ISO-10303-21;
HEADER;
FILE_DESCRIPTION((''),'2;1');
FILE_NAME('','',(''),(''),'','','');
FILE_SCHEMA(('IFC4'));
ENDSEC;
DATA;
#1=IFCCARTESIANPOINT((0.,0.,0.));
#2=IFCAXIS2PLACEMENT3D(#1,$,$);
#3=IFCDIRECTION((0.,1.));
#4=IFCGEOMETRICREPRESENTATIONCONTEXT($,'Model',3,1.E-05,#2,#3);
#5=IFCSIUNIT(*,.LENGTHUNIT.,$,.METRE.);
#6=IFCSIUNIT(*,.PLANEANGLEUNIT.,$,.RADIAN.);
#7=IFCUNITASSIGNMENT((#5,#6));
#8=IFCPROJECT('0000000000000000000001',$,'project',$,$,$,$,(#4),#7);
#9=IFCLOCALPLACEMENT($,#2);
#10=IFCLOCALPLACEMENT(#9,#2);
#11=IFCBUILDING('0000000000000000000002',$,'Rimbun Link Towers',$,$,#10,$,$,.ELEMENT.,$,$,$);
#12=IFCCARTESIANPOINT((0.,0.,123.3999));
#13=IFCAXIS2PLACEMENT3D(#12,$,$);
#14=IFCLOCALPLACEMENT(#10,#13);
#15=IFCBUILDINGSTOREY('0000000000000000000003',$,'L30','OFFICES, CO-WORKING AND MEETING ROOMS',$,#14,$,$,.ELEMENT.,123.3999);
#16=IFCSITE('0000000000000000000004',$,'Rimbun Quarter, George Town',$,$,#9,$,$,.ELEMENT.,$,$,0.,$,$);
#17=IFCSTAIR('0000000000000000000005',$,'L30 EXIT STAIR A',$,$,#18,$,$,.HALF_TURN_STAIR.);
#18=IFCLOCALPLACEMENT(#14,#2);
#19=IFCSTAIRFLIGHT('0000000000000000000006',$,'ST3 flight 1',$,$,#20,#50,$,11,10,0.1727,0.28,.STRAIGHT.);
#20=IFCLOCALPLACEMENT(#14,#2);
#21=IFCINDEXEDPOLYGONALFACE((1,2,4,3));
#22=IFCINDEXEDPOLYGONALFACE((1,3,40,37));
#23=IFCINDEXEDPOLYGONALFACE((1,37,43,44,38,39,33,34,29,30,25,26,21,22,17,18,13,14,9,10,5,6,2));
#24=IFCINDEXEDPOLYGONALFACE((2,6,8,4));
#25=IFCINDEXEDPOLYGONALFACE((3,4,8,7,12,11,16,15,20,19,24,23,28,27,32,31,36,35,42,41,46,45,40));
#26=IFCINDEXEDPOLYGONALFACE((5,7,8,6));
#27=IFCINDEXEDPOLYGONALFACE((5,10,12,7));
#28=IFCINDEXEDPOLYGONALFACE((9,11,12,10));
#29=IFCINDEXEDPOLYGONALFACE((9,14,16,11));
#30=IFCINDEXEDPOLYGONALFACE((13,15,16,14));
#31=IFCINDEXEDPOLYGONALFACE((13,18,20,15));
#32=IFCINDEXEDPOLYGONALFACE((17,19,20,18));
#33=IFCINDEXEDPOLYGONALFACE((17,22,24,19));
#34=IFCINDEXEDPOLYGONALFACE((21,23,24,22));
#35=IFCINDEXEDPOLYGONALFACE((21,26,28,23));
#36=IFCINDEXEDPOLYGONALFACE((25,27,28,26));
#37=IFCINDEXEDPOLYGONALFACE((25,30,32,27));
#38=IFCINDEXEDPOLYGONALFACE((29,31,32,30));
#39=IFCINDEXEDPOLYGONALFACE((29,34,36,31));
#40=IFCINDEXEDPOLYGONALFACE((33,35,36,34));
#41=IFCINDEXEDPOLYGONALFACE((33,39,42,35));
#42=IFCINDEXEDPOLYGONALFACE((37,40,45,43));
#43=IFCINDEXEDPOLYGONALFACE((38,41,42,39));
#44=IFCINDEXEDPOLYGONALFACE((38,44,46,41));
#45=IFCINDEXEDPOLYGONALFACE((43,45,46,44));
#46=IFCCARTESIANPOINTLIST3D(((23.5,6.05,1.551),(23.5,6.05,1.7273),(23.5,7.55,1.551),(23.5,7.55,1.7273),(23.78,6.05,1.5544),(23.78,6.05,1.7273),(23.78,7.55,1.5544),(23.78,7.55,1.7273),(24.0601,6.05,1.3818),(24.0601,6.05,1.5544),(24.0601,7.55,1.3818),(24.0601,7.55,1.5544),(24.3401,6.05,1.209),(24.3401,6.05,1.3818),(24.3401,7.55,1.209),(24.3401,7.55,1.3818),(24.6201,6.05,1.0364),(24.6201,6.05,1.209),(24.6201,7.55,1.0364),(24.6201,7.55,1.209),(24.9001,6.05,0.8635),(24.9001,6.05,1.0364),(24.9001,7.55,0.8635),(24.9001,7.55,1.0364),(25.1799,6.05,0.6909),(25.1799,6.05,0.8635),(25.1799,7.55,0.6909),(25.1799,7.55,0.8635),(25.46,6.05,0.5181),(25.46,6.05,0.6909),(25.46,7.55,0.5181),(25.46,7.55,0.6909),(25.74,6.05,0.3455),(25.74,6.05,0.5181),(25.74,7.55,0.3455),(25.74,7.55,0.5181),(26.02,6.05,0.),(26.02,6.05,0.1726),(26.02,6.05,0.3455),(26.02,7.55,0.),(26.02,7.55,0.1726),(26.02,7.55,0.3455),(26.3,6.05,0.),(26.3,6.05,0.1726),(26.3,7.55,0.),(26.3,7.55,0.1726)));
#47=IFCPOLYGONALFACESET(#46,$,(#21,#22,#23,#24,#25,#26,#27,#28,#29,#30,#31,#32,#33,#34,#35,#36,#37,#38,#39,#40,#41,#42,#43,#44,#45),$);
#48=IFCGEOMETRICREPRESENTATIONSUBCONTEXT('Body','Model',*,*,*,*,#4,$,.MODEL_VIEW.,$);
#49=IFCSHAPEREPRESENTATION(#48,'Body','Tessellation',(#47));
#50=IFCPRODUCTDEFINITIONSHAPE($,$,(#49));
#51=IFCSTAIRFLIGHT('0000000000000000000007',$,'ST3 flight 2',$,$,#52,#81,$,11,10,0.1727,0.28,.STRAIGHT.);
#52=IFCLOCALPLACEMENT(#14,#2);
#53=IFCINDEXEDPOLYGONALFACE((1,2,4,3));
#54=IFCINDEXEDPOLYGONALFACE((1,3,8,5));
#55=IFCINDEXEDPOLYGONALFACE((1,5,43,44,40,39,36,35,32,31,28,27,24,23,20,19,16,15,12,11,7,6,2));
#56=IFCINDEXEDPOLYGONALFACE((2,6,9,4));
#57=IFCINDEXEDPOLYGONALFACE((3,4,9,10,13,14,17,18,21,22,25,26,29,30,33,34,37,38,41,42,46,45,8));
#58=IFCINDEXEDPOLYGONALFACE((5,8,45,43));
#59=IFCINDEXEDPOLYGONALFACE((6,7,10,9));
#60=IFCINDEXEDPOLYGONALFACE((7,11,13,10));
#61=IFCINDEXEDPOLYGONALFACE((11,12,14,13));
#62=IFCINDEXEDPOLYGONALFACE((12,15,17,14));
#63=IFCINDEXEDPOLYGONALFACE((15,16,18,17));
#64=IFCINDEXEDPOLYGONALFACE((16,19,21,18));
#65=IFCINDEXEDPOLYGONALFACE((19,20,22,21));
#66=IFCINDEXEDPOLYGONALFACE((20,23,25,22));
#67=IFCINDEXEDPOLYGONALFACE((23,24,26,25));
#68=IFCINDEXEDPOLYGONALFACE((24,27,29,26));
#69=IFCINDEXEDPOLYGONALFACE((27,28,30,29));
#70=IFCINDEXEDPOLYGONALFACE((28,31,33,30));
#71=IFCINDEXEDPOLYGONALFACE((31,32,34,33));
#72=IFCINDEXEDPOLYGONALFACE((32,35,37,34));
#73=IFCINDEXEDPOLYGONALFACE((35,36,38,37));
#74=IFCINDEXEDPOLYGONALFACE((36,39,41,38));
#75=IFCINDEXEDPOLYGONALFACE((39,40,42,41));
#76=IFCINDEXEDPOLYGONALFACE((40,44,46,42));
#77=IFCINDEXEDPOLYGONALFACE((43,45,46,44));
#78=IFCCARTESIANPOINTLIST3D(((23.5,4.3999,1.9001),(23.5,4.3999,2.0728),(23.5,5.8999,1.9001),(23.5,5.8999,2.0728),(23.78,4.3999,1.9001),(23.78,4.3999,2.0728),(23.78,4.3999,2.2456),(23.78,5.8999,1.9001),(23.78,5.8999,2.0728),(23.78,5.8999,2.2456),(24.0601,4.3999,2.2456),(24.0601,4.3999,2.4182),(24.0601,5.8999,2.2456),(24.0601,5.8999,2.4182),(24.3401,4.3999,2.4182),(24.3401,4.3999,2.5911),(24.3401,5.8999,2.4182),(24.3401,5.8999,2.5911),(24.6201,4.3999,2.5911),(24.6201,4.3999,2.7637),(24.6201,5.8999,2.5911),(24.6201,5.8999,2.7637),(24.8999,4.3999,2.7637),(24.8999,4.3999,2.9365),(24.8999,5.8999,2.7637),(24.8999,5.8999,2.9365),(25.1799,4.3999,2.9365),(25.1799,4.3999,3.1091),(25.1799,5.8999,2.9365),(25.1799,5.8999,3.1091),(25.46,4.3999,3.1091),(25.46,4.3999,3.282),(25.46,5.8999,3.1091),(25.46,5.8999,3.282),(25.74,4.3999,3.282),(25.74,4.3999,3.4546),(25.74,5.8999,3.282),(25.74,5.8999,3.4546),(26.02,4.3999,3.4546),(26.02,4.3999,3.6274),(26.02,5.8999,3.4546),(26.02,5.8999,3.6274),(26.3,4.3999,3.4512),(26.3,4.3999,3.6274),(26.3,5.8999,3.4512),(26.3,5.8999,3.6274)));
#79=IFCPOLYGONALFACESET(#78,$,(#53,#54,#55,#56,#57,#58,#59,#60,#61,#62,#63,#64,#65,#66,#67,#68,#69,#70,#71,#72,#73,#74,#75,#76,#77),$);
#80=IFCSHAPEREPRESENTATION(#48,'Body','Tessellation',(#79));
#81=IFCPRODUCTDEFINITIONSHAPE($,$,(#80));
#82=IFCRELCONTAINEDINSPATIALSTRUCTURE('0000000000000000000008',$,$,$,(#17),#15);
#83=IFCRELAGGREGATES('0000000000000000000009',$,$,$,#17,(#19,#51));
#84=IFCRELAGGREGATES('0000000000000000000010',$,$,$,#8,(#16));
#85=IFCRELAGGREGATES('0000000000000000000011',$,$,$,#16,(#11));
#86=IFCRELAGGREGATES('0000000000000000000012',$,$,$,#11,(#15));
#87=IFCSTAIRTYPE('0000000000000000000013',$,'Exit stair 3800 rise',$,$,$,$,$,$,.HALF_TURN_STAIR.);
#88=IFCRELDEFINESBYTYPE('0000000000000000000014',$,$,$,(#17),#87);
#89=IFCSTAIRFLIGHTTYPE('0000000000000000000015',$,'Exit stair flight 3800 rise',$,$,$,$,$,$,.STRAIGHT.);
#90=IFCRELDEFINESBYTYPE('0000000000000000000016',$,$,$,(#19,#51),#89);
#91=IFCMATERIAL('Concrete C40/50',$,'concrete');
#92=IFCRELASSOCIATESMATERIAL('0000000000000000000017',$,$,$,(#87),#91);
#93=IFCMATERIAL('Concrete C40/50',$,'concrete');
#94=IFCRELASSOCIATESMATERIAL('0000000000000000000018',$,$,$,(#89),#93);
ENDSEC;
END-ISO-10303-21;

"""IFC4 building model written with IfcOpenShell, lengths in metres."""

from ifc_helpers import new_model, si_unit, direction, frame, origin, place, context, subcontext, project, spatial, polyline, outline, extrude, material, type_object, element, aggregate, save


model = new_model("IFC4")

# Units and contexts
model_context = context("Model", 3, precision=1e-05, world=origin(), true_north=direction((0.0, 1.0)))
body_context = subcontext(model_context, "Body", "Model", "MODEL_VIEW")
ifc_project = project(units=[si_unit("LENGTHUNIT", "METRE"), si_unit("PLANEANGLEUNIT", "RADIAN")], contexts=[model_context])

# Site, building, storey
site_placement = place(None, origin())
site = spatial("IfcSite", under=ifc_project, at=site_placement, Name="Rimbun Quarter, George Town", CompositionType="ELEMENT", RefElevation=0.0)
building_placement = place(site_placement, origin())
building = spatial("IfcBuilding", under=site, at=building_placement, Name="Rimbun Link Towers", CompositionType="ELEMENT")
storey_placement = place(building_placement, frame((0.0, 0.0, 123.3999)))
storey = spatial("IfcBuildingStorey", under=building, at=storey_placement, Name="L30", Description="OFFICES, CO-WORKING AND MEETING ROOMS", CompositionType="ELEMENT", Elevation=123.3999)

# Stair, stair flights
ifc_material_1 = material(Name="Concrete C40/50", Category="concrete")
stair_type = type_object("IfcStairType", Name="Exit stair 3800 rise", PredefinedType="HALF_TURN_STAIR", material=ifc_material_1)
stair_placement = place(storey_placement, origin())
stair = element("IfcStair", 1, at=stair_placement, inside=storey, type_object=stair_type, Name="L30 EXIT STAIR A", PredefinedType="HALF_TURN_STAIR")
ifc_material_2 = material(Name="Concrete C40/50", Category="concrete")
stair_flight_type = type_object("IfcStairFlightType", Name="Exit stair flight 3800 rise", PredefinedType="STRAIGHT", material=ifc_material_2)
stair_flight_1_placement = place(storey_placement, frame((26.3, 6.8, 0.0), z_axis=(0.0, 0.0, 1.0), x_axis=(-1.0, 0.0, 0.0)))
stair_flight_1 = element("IfcStairFlight", 2, at=stair_flight_1_placement, type_object=stair_flight_type, Name="ST3 flight 1", NumberOfRisers=11, NumberOfTreads=10, PredefinedType="STRAIGHT", RiserHeight=0.1727, TreadLength=0.28, context=body_context, shape_type="SweptSolid", body=[
    extrude(outline(polyline([(0.0, 0.0), (0.0, 0.1726), (0.28, 0.1726), (0.28, 0.3455), (0.5601, 0.3455), (0.5601, 0.5181), (0.8401, 0.5181), (0.8401, 0.6909), (1.1201, 0.6909), (1.1201, 0.8635), (1.3999, 0.8635), (1.3999, 1.0364), (1.6799, 1.0364), (1.6799, 1.209), (1.96, 1.209), (1.96, 1.3818), (2.24, 1.3818), (2.24, 1.5544), (2.52, 1.5544), (2.52, 1.7273), (2.8, 1.7273), (2.8, 1.8999), (2.8, 1.551), (0.28, 0.0), (0.0, 0.0)])), frame((0.0, 0.75, 0.0), z_axis=(0.0, -1.0, 0.0), x_axis=(1.0, 0.0, 0.0)), (0.0, 0.0, 1.0), 1.5),
])
stair_flight_2_placement = place(storey_placement, frame((23.5, 5.1499, 1.9001), z_axis=(0.0, 0.0, 1.0), x_axis=(1.0, 0.0, 0.0)))
stair_flight_2 = element("IfcStairFlight", 3, at=stair_flight_2_placement, type_object=stair_flight_type, Name="ST3 flight 2", NumberOfRisers=11, NumberOfTreads=10, PredefinedType="STRAIGHT", RiserHeight=0.1727, TreadLength=0.28, context=body_context, shape_type="SweptSolid", body=[
    extrude(outline(polyline([(0.0, 0.0), (0.0, 0.1726), (0.28, 0.1726), (0.28, 0.3455), (0.5601, 0.3455), (0.5601, 0.5181), (0.8401, 0.5181), (0.8401, 0.6909), (1.1201, 0.6909), (1.1201, 0.8635), (1.3999, 0.8635), (1.3999, 1.0364), (1.6799, 1.0364), (1.6799, 1.209), (1.96, 1.209), (1.96, 1.3818), (2.24, 1.3818), (2.24, 1.5544), (2.52, 1.5544), (2.52, 1.7273), (2.8, 1.7273), (2.8, 1.8999), (2.8, 1.551), (0.28, 0.0), (0.0, 0.0)])), frame((0.0, 0.75, 0.0), z_axis=(0.0, -1.0, 0.0), x_axis=(1.0, 0.0, 0.0)), (0.0, 0.0, 1.0), 1.5),
])
aggregate(stair, [stair_flight_1, stair_flight_2])

save(model, "model.ifc")
